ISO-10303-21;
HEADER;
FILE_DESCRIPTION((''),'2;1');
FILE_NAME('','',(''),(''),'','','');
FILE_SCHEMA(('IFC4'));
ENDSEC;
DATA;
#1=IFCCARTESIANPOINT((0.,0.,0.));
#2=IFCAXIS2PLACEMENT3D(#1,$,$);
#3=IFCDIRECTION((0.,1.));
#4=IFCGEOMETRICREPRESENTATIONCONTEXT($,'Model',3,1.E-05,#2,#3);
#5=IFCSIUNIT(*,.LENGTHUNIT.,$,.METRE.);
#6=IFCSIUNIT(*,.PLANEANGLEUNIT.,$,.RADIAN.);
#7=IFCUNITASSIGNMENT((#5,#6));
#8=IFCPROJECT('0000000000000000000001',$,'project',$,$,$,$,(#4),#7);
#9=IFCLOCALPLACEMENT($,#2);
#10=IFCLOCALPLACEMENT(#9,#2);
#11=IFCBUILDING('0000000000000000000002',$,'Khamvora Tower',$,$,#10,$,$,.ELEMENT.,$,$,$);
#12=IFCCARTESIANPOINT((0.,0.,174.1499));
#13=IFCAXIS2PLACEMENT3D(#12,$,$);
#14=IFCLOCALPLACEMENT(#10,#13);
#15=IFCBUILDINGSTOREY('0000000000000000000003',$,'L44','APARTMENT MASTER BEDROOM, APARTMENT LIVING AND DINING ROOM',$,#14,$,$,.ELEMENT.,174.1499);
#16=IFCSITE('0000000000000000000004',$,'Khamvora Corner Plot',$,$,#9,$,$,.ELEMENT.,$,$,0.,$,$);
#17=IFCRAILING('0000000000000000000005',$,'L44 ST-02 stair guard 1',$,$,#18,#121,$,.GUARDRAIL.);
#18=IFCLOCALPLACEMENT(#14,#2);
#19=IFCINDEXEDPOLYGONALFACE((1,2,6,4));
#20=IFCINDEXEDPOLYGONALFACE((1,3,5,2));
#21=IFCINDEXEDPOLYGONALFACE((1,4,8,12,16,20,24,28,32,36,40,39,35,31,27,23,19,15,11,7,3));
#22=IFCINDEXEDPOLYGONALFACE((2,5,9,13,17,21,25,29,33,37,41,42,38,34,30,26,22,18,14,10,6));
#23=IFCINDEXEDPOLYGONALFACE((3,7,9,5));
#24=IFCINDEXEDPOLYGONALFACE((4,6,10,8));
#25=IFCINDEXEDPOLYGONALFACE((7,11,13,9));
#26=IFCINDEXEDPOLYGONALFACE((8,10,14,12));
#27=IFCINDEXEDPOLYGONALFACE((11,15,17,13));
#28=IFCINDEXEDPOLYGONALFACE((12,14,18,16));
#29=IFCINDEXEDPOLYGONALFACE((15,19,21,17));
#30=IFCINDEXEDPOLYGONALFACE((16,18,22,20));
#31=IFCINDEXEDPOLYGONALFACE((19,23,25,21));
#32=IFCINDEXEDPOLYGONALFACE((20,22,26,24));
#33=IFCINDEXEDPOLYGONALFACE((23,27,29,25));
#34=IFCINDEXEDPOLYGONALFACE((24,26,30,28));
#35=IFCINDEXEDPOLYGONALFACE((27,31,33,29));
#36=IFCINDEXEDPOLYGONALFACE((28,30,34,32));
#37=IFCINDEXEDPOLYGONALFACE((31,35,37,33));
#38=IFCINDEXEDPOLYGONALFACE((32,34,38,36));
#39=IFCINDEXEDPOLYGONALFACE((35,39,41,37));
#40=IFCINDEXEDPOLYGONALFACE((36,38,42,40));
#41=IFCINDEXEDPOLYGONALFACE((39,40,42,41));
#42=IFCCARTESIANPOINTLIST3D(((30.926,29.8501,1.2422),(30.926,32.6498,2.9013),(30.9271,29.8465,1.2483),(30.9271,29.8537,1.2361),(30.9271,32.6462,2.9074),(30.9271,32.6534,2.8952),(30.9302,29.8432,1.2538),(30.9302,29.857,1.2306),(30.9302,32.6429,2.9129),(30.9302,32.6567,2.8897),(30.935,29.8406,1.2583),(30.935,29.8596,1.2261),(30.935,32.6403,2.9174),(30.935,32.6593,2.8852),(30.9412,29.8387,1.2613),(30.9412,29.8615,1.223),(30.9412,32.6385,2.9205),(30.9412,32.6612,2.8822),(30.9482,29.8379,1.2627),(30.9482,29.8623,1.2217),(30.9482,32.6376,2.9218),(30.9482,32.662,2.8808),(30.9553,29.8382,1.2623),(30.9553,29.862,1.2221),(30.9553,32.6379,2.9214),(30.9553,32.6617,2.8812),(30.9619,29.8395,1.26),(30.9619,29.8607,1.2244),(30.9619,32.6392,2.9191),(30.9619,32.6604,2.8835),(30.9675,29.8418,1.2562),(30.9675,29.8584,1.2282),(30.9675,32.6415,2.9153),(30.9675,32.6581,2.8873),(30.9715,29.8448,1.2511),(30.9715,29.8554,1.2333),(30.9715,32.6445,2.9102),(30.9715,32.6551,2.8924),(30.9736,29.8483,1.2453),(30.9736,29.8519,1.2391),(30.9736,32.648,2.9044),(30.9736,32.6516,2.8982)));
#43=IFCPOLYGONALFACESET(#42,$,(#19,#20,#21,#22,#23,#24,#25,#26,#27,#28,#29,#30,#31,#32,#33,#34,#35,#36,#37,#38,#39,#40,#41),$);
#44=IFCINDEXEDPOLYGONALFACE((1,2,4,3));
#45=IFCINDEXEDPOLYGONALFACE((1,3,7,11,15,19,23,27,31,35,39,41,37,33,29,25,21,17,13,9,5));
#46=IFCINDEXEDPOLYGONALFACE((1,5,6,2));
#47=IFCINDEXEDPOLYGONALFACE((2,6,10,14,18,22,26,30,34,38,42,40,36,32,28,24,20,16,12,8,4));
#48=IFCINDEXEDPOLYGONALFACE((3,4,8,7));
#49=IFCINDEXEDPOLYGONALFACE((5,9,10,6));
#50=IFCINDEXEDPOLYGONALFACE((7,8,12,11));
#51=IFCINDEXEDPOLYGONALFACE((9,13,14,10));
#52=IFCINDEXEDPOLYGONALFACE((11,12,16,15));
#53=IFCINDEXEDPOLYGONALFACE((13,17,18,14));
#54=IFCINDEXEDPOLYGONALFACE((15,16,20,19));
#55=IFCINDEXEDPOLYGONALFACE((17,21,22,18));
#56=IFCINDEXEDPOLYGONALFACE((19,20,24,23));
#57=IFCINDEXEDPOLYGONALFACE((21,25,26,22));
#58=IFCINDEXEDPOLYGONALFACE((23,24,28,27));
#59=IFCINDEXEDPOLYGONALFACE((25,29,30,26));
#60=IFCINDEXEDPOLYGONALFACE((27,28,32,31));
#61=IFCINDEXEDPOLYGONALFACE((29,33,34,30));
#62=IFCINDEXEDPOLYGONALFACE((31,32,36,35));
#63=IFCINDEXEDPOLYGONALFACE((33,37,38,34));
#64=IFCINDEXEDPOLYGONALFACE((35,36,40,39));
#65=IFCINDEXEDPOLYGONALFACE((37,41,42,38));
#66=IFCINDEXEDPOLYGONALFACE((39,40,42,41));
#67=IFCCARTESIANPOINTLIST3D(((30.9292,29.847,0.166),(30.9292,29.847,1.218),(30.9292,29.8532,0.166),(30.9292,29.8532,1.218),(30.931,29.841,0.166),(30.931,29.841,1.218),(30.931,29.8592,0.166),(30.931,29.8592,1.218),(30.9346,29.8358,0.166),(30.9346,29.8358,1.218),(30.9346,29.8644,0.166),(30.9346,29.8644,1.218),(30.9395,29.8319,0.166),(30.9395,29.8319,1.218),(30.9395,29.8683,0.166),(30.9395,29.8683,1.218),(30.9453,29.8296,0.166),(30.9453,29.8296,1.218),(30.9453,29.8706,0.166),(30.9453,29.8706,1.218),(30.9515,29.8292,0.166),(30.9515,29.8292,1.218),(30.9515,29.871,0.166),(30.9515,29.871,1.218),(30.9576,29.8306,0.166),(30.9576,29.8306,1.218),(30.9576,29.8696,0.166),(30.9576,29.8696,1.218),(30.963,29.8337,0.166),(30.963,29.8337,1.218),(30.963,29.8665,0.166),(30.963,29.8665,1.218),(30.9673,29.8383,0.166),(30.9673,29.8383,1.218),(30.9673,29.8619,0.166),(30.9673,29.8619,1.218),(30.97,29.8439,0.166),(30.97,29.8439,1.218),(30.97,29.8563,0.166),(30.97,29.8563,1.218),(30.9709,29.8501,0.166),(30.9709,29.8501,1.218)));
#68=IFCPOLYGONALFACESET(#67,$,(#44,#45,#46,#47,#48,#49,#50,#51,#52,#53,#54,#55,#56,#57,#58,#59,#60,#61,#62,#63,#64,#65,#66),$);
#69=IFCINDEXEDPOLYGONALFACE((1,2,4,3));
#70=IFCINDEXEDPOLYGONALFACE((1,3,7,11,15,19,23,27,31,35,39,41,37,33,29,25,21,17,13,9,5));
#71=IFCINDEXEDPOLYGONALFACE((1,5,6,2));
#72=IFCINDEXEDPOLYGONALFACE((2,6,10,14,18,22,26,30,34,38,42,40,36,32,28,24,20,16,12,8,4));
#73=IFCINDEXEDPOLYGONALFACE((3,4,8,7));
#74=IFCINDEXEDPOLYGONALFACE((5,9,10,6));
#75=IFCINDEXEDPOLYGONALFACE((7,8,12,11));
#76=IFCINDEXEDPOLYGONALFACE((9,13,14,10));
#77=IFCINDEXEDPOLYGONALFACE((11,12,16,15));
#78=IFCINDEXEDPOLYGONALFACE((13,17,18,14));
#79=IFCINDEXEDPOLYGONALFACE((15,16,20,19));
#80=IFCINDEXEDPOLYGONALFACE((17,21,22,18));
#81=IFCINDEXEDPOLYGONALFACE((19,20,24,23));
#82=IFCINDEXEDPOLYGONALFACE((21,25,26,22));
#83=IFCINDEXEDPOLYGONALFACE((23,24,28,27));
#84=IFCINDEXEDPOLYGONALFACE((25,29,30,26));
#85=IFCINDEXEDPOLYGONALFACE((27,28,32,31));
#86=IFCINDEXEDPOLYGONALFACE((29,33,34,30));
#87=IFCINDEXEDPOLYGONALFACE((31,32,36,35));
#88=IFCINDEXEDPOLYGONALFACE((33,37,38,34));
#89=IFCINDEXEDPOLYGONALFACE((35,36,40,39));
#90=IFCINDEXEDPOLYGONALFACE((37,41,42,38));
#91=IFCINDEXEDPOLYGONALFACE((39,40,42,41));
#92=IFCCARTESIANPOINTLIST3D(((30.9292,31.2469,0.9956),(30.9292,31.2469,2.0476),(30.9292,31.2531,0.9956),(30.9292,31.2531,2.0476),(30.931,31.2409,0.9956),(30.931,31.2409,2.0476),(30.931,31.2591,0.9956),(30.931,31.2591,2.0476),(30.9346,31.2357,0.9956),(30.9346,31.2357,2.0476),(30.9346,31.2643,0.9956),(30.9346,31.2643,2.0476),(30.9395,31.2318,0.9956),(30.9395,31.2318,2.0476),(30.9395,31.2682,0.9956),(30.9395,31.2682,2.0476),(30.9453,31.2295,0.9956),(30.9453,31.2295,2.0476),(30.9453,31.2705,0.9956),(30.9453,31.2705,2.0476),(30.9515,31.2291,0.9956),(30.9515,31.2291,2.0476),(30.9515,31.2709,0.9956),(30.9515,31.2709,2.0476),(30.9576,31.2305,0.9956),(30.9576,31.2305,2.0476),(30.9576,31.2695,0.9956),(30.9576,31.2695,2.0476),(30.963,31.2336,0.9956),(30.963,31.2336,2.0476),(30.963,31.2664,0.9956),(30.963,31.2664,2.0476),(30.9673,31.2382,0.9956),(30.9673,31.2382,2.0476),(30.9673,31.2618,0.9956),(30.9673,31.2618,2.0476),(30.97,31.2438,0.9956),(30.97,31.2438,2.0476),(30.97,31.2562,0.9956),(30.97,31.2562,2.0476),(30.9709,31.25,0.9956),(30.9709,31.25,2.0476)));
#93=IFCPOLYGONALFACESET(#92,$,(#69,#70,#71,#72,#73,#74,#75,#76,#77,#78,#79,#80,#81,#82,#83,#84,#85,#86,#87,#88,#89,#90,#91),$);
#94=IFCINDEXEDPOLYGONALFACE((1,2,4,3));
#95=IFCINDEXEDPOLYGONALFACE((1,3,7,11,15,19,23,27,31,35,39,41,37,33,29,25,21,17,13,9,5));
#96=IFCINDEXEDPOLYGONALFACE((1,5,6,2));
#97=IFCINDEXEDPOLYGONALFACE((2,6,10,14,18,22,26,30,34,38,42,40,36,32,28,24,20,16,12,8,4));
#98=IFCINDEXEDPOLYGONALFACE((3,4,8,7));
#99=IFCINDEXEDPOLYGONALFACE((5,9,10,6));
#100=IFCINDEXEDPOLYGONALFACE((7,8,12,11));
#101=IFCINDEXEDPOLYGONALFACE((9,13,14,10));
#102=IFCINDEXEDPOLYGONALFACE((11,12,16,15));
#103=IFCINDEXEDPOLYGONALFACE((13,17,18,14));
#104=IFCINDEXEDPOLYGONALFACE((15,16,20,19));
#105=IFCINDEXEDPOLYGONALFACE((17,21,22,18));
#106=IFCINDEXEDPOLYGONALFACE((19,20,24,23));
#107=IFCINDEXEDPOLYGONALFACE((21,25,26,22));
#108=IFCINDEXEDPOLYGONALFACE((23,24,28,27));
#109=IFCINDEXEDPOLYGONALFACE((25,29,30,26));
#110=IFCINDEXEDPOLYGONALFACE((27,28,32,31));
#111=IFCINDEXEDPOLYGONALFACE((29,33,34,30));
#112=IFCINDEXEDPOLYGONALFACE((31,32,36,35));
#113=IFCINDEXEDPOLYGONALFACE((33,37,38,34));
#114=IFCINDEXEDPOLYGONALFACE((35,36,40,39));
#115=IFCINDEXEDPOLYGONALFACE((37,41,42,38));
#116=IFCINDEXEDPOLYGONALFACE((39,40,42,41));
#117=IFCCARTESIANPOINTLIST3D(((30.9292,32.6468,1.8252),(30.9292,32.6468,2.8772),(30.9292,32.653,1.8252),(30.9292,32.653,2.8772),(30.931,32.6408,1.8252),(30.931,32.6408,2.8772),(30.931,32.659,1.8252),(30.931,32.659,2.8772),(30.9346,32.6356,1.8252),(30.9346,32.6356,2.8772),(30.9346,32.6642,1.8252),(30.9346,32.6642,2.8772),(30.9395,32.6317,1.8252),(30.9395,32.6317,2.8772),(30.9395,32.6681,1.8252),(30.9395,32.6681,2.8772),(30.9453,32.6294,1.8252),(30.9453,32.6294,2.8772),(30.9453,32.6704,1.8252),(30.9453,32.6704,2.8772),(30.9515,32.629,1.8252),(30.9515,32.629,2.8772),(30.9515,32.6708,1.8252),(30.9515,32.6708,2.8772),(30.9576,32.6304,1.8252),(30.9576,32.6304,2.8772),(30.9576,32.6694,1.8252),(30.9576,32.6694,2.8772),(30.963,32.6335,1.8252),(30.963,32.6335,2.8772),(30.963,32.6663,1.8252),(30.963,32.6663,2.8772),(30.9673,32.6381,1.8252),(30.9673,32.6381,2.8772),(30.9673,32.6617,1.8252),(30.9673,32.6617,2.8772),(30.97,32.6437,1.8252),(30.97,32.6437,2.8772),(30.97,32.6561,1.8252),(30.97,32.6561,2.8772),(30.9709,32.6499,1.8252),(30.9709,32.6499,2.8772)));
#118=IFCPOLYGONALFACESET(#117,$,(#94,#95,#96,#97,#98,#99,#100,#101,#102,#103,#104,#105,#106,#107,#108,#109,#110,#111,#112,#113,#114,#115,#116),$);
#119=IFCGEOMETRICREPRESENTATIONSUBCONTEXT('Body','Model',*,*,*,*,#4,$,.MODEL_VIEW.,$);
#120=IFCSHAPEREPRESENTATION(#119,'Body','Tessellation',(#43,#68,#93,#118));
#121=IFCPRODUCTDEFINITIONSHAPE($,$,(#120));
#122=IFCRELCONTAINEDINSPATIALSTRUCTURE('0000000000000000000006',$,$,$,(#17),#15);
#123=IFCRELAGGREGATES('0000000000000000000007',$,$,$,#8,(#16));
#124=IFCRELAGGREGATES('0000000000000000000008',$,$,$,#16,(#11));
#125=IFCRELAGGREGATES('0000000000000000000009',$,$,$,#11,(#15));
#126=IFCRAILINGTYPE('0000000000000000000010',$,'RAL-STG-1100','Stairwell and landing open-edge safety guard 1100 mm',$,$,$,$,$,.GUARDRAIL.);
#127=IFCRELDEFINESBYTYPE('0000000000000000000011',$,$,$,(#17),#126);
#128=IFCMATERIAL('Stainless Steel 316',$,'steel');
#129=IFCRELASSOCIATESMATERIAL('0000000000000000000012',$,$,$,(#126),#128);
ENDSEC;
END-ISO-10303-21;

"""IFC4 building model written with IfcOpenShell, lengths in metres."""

from ifc_helpers import new_model, si_unit, direction, frame, origin, origin_2d, place, context, subcontext, project, spatial, circle, extrude, material, type_object, element, save


model = new_model("IFC4")

# Units and contexts
model_context = context("Model", 3, precision=1e-05, world=origin(), true_north=direction((0.0, 1.0)))
body_context = subcontext(model_context, "Body", "Model", "MODEL_VIEW")
ifc_project = project(units=[si_unit("LENGTHUNIT", "METRE"), si_unit("PLANEANGLEUNIT", "RADIAN")], contexts=[model_context])

# Site, building, storey
site_placement = place(None, origin())
site = spatial("IfcSite", under=ifc_project, at=site_placement, Name="Khamvora Corner Plot", CompositionType="ELEMENT", RefElevation=0.0)
building_placement = place(site_placement, origin())
building = spatial("IfcBuilding", under=site, at=building_placement, Name="Khamvora Tower", CompositionType="ELEMENT")
storey_placement = place(building_placement, frame((0.0, 0.0, 174.1499)))
storey = spatial("IfcBuildingStorey", under=building, at=storey_placement, Name="L44", Description="APARTMENT MASTER BEDROOM, APARTMENT LIVING AND DINING ROOM", CompositionType="ELEMENT", Elevation=174.1499)

# Railing
ifc_material_1 = material(Name="Stainless Steel 316", Category="steel")
railing_type_1 = type_object("IfcRailingType", Name="RAL-STG-1100", Description="Stairwell and landing open-edge safety guard 1100 mm", PredefinedType="GUARDRAIL", material=ifc_material_1)
railing_1_placement = place(storey_placement, frame((30.95, 29.8501, 0.166)))
element("IfcRailing", 1, at=railing_1_placement, inside=storey, type_object=railing_type_1, Name="L44 ST-02 stair guard 1", PredefinedType="GUARDRAIL", context=body_context, shape_type="SweptSolid", body=[
    extrude(circle(Radius=0.0239, at=origin_2d()), frame((0.0, 0.0, 1.0762), z_axis=(0.0, 0.860287, 0.509811), x_axis=(-1.0, 0.0, 0.0)), (0.0, 0.0, 1.0), 3.2544),
    extrude(circle(Radius=0.021, at=origin_2d()), origin(), (0.0, 0.0, 1.0), 1.052),
    extrude(circle(Radius=0.021, at=origin_2d()), frame((0.0, 1.3999, 0.8296)), (0.0, 0.0, 1.0), 1.052),
    extrude(circle(Radius=0.021, at=origin_2d()), frame((0.0, 2.7998, 1.6592)), (0.0, 0.0, 1.0), 1.052),
])

save(model, "model.ifc")
